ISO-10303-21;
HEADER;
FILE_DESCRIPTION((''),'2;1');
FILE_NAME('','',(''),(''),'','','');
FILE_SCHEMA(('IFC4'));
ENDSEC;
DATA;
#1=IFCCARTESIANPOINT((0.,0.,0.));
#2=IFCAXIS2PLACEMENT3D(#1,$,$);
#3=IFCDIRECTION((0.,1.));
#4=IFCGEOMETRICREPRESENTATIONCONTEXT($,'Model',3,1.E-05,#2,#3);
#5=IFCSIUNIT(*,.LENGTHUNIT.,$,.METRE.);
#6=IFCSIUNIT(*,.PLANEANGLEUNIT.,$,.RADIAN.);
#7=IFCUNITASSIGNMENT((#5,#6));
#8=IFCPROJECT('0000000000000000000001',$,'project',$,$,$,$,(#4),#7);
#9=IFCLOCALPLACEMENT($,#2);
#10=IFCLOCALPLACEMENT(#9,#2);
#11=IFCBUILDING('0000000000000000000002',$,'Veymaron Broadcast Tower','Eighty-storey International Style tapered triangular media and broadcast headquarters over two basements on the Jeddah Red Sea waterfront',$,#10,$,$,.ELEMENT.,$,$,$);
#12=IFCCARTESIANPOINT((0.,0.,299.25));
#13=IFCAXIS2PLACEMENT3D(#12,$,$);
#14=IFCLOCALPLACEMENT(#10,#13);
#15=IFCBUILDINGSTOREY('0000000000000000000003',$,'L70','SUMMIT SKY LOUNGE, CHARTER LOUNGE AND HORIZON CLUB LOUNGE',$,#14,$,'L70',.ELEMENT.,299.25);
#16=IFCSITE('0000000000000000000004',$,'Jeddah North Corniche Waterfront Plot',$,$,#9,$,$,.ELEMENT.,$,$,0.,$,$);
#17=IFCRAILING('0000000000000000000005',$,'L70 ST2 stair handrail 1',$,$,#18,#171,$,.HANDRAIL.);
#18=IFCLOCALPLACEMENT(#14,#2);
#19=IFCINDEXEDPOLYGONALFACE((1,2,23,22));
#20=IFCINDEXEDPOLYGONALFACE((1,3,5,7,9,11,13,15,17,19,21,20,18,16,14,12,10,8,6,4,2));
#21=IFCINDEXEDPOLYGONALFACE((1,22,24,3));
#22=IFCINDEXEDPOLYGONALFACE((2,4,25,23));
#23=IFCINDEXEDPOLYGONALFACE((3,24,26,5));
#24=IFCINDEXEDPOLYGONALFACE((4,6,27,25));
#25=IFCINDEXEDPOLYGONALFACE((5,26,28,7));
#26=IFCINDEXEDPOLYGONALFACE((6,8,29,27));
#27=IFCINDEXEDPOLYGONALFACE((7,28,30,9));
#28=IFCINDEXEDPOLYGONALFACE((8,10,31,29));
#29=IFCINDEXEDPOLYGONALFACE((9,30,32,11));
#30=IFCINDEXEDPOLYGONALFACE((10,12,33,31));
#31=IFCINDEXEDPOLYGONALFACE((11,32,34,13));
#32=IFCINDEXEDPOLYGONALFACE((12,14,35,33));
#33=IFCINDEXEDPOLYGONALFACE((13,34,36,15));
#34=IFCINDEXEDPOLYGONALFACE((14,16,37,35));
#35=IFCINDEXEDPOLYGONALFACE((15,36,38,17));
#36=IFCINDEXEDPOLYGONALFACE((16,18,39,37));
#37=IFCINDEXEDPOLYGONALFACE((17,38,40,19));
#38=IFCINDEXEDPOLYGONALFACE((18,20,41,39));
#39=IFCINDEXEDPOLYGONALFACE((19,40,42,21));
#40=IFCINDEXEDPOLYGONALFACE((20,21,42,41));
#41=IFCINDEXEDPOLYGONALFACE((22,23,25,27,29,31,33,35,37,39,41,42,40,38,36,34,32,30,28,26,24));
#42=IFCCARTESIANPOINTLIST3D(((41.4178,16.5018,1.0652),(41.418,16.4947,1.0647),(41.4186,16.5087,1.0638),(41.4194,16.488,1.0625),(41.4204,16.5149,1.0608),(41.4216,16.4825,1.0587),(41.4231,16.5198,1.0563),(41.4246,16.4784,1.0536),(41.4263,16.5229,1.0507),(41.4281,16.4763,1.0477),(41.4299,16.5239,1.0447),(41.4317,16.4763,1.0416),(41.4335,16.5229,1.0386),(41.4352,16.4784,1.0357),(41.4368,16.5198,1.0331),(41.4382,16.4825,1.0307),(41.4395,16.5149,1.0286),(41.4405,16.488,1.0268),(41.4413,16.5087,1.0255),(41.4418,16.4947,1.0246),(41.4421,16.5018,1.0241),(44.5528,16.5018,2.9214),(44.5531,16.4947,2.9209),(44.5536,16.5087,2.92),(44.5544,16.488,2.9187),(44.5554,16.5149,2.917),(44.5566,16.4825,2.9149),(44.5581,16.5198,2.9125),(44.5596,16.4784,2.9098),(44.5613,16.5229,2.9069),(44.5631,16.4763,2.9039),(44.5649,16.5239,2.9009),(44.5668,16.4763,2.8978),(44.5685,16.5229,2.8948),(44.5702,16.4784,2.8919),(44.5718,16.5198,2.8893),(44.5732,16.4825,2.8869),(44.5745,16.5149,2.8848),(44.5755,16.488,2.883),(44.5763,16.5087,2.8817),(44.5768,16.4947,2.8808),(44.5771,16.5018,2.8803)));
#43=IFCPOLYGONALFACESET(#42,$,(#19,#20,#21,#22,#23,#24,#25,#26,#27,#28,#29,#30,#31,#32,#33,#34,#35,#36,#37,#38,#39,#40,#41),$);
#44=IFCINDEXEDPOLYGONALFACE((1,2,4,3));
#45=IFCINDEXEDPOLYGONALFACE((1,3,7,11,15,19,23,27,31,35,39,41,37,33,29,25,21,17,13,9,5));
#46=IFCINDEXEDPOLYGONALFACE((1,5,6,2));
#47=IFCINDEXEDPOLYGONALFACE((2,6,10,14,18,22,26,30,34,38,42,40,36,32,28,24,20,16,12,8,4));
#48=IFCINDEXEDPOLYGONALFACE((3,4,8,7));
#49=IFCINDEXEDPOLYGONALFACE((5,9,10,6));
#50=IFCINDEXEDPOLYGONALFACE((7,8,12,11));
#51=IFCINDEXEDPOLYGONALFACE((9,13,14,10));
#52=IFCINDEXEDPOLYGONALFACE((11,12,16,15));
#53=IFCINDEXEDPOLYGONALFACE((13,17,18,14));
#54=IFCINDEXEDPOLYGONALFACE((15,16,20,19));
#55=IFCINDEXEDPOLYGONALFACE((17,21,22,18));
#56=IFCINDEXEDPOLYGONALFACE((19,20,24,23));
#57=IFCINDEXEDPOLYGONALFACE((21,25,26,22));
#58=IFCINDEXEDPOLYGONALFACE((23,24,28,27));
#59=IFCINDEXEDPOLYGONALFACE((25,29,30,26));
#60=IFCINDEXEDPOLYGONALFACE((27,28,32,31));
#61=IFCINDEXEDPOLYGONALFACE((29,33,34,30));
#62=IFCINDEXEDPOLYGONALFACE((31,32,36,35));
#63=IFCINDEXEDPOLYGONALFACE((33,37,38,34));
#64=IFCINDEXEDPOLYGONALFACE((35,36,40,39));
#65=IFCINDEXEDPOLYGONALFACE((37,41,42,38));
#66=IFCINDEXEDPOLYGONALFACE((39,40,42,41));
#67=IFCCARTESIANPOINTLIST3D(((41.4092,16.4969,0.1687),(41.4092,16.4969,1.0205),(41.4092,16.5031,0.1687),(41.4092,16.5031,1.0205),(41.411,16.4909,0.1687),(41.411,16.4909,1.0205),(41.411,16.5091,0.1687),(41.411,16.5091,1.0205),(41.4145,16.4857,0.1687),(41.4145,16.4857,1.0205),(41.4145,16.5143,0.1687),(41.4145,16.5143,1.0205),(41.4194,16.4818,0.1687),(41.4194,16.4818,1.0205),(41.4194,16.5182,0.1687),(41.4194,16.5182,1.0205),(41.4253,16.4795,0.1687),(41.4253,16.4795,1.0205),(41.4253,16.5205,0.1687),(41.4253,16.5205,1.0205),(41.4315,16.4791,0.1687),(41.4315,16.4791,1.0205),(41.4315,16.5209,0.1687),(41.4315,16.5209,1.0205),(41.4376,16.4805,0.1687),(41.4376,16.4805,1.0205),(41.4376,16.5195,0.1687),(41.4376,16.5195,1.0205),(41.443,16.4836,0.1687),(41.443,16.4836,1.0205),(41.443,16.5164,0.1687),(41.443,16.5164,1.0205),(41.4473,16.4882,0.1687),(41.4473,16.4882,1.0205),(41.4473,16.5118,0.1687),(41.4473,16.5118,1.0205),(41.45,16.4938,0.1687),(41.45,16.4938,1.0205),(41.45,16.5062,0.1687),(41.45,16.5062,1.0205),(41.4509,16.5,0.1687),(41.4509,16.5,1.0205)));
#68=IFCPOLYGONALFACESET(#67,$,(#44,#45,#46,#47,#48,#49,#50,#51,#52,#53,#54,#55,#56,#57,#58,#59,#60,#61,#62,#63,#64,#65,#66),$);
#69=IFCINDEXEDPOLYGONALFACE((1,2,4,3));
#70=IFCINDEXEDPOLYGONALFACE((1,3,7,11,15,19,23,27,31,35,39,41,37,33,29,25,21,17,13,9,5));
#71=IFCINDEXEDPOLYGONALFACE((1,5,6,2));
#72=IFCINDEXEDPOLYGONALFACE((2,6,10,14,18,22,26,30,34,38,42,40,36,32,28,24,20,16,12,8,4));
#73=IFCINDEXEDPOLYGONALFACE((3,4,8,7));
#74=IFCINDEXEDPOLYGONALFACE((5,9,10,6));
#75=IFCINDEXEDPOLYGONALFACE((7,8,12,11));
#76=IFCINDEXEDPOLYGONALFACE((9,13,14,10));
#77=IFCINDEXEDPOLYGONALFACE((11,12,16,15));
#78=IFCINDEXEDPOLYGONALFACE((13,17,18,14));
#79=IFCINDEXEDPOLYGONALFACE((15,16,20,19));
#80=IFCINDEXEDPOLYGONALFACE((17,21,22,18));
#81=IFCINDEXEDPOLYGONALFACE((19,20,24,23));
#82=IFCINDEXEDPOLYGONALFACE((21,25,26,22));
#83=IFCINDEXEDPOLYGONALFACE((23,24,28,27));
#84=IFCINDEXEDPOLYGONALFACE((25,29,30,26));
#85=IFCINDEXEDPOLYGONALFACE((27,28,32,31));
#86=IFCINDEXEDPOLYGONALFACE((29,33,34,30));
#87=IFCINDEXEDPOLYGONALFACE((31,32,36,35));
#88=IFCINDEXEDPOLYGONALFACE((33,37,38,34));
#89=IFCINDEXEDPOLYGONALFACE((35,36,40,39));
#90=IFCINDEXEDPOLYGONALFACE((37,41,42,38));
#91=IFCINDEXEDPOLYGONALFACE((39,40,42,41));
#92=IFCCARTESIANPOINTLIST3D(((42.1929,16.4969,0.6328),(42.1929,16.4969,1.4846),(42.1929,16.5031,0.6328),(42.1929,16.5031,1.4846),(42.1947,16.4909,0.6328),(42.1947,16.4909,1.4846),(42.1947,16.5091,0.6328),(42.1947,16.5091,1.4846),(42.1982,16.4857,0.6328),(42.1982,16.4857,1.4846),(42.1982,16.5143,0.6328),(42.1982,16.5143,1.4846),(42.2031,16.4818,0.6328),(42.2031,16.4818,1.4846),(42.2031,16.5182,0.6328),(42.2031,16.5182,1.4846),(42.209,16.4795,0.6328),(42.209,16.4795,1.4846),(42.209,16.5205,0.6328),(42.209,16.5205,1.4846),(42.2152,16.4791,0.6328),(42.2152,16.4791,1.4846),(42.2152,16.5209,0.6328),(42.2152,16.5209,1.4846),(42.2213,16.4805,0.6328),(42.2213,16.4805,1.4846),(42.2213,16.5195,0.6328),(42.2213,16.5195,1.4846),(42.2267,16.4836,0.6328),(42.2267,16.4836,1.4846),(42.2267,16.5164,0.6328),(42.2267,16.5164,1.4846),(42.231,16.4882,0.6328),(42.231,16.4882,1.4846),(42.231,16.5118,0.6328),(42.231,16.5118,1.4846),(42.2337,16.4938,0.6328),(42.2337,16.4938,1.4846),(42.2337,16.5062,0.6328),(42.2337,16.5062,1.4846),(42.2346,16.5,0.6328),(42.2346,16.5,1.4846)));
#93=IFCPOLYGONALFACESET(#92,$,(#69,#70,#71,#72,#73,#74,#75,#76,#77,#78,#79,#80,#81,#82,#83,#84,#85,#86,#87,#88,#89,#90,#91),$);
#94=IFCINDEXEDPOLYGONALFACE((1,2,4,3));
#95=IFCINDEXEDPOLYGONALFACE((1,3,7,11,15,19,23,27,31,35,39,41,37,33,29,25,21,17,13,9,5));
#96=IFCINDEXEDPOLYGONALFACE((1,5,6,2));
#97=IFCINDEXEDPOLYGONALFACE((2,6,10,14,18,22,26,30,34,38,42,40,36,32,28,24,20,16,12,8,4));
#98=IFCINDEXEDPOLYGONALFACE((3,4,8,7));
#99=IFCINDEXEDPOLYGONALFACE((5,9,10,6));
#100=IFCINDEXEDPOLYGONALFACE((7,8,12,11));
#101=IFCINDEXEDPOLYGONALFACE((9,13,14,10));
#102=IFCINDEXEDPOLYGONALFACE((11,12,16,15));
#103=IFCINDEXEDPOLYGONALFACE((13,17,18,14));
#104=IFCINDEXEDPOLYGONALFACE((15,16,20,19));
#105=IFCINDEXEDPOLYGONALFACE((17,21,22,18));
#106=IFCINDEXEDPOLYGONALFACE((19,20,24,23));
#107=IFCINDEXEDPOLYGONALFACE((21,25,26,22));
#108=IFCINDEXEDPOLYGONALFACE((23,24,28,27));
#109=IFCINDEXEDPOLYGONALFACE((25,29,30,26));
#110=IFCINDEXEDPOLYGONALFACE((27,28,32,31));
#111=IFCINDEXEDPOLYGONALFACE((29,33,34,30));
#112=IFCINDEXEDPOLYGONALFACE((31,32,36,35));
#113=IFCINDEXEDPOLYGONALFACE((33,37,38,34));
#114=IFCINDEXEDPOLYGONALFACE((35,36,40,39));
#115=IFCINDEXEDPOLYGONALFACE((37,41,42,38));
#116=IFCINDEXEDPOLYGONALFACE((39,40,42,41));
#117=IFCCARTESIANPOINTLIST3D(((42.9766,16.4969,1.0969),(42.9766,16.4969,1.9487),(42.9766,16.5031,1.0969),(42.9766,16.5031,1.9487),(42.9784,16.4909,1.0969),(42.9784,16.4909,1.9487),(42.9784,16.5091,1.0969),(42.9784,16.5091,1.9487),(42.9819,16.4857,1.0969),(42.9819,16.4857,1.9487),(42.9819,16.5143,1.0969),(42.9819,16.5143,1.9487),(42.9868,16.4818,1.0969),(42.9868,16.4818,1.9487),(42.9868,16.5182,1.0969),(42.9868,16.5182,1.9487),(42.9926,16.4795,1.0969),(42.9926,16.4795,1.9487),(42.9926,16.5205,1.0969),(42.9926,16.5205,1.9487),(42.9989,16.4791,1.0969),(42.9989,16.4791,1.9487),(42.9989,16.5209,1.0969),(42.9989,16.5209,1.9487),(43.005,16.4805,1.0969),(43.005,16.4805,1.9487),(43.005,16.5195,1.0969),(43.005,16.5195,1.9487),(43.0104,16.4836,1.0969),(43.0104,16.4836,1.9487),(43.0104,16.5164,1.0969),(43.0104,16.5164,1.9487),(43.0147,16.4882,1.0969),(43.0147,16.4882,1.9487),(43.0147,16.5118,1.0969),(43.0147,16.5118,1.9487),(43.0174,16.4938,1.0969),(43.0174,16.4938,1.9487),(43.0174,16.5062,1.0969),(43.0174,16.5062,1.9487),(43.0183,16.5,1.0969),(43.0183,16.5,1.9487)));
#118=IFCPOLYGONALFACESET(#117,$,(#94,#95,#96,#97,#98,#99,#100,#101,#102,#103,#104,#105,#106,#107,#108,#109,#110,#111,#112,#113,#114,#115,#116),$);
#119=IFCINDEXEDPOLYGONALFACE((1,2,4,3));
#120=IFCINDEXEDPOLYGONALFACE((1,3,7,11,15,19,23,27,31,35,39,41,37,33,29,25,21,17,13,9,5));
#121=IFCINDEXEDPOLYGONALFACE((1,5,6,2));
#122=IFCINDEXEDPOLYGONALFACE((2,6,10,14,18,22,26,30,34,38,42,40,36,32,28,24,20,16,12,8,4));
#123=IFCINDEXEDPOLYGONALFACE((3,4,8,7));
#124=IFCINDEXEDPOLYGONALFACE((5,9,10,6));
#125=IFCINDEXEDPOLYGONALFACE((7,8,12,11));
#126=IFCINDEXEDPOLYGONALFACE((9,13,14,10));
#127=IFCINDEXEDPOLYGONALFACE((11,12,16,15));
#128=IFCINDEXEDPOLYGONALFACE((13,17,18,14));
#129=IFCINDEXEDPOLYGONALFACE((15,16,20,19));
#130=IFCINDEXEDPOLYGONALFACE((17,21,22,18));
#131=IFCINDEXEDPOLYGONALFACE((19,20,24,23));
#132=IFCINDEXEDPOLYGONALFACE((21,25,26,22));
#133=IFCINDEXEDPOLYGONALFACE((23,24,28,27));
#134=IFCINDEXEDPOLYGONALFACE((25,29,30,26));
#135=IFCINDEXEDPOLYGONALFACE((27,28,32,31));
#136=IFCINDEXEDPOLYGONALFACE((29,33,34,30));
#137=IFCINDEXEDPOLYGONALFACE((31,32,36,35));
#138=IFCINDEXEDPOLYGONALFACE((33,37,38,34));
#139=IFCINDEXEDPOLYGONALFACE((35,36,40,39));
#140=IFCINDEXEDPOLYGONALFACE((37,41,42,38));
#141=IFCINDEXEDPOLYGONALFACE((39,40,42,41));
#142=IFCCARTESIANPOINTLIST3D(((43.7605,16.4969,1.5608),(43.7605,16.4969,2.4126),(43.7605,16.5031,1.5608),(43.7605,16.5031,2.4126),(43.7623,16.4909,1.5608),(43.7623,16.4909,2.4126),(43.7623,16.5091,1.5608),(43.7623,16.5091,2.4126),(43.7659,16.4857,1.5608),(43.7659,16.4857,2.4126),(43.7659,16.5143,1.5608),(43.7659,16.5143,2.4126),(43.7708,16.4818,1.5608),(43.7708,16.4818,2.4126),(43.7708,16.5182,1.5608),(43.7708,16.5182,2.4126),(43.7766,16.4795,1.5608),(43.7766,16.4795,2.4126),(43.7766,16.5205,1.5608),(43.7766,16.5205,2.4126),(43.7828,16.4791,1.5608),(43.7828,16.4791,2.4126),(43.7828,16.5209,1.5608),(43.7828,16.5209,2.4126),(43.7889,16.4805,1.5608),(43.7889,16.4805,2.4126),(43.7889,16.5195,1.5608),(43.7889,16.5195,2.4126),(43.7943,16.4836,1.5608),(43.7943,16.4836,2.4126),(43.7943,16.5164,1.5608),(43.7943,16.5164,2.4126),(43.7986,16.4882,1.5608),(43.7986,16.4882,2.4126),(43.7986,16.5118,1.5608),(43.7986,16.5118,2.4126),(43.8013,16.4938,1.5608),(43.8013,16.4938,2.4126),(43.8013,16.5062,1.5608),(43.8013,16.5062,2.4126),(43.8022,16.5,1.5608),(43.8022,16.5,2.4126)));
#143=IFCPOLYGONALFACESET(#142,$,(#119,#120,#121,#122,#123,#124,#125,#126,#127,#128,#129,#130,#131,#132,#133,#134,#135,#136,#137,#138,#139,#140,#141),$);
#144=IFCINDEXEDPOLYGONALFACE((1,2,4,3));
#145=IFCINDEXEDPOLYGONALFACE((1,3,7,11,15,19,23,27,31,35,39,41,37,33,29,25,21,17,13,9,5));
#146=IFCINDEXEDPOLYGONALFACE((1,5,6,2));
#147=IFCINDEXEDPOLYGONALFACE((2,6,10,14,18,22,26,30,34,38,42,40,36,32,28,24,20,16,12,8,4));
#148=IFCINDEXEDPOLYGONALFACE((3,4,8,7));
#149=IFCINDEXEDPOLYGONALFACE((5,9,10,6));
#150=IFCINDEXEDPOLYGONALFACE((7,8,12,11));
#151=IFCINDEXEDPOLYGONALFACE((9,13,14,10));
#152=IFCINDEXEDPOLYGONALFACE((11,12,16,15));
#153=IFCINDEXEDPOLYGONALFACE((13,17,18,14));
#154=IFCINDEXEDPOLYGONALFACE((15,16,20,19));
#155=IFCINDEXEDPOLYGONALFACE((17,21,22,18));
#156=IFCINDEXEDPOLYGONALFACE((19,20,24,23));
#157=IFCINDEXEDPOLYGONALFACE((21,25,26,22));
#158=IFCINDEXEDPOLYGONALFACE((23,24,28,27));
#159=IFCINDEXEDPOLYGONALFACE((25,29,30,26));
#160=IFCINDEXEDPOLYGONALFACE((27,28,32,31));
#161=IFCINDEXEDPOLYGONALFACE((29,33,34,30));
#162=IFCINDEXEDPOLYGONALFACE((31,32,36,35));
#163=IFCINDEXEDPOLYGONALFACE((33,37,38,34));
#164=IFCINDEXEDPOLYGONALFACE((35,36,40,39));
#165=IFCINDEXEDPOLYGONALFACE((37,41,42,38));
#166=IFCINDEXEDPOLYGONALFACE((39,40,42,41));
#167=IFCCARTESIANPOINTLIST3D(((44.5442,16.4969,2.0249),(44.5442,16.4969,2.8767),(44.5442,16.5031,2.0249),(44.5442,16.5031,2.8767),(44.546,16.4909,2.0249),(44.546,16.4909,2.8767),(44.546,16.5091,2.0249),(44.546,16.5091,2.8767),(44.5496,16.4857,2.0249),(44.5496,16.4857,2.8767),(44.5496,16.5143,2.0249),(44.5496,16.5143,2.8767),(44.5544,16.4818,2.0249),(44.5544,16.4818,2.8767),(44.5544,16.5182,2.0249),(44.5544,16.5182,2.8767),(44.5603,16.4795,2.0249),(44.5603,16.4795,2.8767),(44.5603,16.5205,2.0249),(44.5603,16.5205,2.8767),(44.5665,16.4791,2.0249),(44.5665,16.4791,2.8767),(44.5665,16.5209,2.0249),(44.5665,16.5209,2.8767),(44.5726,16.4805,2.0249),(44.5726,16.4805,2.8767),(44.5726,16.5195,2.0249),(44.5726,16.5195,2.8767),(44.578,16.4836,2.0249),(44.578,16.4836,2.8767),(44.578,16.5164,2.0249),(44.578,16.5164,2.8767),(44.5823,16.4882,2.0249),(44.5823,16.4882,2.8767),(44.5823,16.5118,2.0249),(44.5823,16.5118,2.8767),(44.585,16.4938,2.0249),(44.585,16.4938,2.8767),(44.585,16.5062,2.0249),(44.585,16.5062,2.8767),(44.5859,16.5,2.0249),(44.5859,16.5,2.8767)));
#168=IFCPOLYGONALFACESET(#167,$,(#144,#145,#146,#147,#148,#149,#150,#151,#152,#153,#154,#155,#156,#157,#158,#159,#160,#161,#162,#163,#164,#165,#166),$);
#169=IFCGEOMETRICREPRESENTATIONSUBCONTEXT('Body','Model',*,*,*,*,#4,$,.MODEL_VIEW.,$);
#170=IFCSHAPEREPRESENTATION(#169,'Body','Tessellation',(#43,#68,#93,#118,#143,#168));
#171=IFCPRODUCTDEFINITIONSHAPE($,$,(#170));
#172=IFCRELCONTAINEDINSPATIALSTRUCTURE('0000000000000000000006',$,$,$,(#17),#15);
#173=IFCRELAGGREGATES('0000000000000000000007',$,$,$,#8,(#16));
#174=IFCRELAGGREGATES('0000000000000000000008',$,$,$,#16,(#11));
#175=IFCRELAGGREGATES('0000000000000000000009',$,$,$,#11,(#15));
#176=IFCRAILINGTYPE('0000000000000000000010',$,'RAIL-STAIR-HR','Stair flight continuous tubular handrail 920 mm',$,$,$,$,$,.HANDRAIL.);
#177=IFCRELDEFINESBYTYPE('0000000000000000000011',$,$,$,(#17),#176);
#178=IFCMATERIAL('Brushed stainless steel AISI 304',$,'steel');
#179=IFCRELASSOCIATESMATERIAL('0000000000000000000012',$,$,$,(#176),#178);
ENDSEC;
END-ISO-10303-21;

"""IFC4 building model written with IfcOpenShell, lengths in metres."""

from ifc_helpers import new_model, si_unit, direction, frame, origin, origin_2d, place, context, subcontext, project, spatial, circle, extrude, material, type_object, element, save


model = new_model("IFC4")

# Units and contexts
model_context = context("Model", 3, precision=1e-05, world=origin(), true_north=direction((0.0, 1.0)))
body_context = subcontext(model_context, "Body", "Model", "MODEL_VIEW")
ifc_project = project(units=[si_unit("LENGTHUNIT", "METRE"), si_unit("PLANEANGLEUNIT", "RADIAN")], contexts=[model_context])

# Site, building, storey
site_placement = place(None, origin())
site = spatial("IfcSite", under=ifc_project, at=site_placement, Name="Jeddah North Corniche Waterfront Plot", CompositionType="ELEMENT", RefElevation=0.0)
building_placement = place(site_placement, origin())
building = spatial("IfcBuilding", under=site, at=building_placement, Name="Veymaron Broadcast Tower", Description="Eighty-storey International Style tapered triangular media and broadcast headquarters over two basements on the Jeddah Red Sea waterfront", CompositionType="ELEMENT")
storey_placement = place(building_placement, frame((0.0, 0.0, 299.25)))
storey = spatial("IfcBuildingStorey", under=building, at=storey_placement, Name="L70", Description="SUMMIT SKY LOUNGE, CHARTER LOUNGE AND HORIZON CLUB LOUNGE", LongName="L70", CompositionType="ELEMENT", Elevation=299.25)

# Railing
ifc_material_1 = material(Name="Brushed stainless steel AISI 304", Category="steel")
railing_type_1 = type_object("IfcRailingType", Name="RAIL-STAIR-HR", Description="Stair flight continuous tubular handrail 920 mm", PredefinedType="HANDRAIL", material=ifc_material_1)
railing_1_placement = place(storey_placement, frame((41.4299, 16.5, 0.1687)))
element("IfcRailing", 1, at=railing_1_placement, inside=storey, type_object=railing_type_1, Name="L70 ST2 stair handrail 1", PredefinedType="HANDRAIL", context=body_context, shape_type="SweptSolid", body=[
    extrude(circle(Radius=0.0239, at=origin_2d()), frame((0.0, 0.0, 0.876), z_axis=(0.860482, 0.0, 0.509481), x_axis=(0.0, 1.0, 0.0)), (0.0, 0.0, 1.0), 3.6433),
    extrude(circle(Radius=0.021, at=origin_2d()), origin(), (0.0, 0.0, 1.0), 0.8518),
    extrude(circle(Radius=0.021, at=origin_2d()), frame((0.7837, 0.0, 0.4641)), (0.0, 0.0, 1.0), 0.8518),
    extrude(circle(Radius=0.021, at=origin_2d()), frame((1.5674, 0.0, 0.9282)), (0.0, 0.0, 1.0), 0.8518),
    extrude(circle(Radius=0.021, at=origin_2d()), frame((2.3513, 0.0, 1.3921)), (0.0, 0.0, 1.0), 0.8518),
    extrude(circle(Radius=0.021, at=origin_2d()), frame((3.135, 0.0, 1.8562)), (0.0, 0.0, 1.0), 0.8518),
])

save(model, "model.ifc")
